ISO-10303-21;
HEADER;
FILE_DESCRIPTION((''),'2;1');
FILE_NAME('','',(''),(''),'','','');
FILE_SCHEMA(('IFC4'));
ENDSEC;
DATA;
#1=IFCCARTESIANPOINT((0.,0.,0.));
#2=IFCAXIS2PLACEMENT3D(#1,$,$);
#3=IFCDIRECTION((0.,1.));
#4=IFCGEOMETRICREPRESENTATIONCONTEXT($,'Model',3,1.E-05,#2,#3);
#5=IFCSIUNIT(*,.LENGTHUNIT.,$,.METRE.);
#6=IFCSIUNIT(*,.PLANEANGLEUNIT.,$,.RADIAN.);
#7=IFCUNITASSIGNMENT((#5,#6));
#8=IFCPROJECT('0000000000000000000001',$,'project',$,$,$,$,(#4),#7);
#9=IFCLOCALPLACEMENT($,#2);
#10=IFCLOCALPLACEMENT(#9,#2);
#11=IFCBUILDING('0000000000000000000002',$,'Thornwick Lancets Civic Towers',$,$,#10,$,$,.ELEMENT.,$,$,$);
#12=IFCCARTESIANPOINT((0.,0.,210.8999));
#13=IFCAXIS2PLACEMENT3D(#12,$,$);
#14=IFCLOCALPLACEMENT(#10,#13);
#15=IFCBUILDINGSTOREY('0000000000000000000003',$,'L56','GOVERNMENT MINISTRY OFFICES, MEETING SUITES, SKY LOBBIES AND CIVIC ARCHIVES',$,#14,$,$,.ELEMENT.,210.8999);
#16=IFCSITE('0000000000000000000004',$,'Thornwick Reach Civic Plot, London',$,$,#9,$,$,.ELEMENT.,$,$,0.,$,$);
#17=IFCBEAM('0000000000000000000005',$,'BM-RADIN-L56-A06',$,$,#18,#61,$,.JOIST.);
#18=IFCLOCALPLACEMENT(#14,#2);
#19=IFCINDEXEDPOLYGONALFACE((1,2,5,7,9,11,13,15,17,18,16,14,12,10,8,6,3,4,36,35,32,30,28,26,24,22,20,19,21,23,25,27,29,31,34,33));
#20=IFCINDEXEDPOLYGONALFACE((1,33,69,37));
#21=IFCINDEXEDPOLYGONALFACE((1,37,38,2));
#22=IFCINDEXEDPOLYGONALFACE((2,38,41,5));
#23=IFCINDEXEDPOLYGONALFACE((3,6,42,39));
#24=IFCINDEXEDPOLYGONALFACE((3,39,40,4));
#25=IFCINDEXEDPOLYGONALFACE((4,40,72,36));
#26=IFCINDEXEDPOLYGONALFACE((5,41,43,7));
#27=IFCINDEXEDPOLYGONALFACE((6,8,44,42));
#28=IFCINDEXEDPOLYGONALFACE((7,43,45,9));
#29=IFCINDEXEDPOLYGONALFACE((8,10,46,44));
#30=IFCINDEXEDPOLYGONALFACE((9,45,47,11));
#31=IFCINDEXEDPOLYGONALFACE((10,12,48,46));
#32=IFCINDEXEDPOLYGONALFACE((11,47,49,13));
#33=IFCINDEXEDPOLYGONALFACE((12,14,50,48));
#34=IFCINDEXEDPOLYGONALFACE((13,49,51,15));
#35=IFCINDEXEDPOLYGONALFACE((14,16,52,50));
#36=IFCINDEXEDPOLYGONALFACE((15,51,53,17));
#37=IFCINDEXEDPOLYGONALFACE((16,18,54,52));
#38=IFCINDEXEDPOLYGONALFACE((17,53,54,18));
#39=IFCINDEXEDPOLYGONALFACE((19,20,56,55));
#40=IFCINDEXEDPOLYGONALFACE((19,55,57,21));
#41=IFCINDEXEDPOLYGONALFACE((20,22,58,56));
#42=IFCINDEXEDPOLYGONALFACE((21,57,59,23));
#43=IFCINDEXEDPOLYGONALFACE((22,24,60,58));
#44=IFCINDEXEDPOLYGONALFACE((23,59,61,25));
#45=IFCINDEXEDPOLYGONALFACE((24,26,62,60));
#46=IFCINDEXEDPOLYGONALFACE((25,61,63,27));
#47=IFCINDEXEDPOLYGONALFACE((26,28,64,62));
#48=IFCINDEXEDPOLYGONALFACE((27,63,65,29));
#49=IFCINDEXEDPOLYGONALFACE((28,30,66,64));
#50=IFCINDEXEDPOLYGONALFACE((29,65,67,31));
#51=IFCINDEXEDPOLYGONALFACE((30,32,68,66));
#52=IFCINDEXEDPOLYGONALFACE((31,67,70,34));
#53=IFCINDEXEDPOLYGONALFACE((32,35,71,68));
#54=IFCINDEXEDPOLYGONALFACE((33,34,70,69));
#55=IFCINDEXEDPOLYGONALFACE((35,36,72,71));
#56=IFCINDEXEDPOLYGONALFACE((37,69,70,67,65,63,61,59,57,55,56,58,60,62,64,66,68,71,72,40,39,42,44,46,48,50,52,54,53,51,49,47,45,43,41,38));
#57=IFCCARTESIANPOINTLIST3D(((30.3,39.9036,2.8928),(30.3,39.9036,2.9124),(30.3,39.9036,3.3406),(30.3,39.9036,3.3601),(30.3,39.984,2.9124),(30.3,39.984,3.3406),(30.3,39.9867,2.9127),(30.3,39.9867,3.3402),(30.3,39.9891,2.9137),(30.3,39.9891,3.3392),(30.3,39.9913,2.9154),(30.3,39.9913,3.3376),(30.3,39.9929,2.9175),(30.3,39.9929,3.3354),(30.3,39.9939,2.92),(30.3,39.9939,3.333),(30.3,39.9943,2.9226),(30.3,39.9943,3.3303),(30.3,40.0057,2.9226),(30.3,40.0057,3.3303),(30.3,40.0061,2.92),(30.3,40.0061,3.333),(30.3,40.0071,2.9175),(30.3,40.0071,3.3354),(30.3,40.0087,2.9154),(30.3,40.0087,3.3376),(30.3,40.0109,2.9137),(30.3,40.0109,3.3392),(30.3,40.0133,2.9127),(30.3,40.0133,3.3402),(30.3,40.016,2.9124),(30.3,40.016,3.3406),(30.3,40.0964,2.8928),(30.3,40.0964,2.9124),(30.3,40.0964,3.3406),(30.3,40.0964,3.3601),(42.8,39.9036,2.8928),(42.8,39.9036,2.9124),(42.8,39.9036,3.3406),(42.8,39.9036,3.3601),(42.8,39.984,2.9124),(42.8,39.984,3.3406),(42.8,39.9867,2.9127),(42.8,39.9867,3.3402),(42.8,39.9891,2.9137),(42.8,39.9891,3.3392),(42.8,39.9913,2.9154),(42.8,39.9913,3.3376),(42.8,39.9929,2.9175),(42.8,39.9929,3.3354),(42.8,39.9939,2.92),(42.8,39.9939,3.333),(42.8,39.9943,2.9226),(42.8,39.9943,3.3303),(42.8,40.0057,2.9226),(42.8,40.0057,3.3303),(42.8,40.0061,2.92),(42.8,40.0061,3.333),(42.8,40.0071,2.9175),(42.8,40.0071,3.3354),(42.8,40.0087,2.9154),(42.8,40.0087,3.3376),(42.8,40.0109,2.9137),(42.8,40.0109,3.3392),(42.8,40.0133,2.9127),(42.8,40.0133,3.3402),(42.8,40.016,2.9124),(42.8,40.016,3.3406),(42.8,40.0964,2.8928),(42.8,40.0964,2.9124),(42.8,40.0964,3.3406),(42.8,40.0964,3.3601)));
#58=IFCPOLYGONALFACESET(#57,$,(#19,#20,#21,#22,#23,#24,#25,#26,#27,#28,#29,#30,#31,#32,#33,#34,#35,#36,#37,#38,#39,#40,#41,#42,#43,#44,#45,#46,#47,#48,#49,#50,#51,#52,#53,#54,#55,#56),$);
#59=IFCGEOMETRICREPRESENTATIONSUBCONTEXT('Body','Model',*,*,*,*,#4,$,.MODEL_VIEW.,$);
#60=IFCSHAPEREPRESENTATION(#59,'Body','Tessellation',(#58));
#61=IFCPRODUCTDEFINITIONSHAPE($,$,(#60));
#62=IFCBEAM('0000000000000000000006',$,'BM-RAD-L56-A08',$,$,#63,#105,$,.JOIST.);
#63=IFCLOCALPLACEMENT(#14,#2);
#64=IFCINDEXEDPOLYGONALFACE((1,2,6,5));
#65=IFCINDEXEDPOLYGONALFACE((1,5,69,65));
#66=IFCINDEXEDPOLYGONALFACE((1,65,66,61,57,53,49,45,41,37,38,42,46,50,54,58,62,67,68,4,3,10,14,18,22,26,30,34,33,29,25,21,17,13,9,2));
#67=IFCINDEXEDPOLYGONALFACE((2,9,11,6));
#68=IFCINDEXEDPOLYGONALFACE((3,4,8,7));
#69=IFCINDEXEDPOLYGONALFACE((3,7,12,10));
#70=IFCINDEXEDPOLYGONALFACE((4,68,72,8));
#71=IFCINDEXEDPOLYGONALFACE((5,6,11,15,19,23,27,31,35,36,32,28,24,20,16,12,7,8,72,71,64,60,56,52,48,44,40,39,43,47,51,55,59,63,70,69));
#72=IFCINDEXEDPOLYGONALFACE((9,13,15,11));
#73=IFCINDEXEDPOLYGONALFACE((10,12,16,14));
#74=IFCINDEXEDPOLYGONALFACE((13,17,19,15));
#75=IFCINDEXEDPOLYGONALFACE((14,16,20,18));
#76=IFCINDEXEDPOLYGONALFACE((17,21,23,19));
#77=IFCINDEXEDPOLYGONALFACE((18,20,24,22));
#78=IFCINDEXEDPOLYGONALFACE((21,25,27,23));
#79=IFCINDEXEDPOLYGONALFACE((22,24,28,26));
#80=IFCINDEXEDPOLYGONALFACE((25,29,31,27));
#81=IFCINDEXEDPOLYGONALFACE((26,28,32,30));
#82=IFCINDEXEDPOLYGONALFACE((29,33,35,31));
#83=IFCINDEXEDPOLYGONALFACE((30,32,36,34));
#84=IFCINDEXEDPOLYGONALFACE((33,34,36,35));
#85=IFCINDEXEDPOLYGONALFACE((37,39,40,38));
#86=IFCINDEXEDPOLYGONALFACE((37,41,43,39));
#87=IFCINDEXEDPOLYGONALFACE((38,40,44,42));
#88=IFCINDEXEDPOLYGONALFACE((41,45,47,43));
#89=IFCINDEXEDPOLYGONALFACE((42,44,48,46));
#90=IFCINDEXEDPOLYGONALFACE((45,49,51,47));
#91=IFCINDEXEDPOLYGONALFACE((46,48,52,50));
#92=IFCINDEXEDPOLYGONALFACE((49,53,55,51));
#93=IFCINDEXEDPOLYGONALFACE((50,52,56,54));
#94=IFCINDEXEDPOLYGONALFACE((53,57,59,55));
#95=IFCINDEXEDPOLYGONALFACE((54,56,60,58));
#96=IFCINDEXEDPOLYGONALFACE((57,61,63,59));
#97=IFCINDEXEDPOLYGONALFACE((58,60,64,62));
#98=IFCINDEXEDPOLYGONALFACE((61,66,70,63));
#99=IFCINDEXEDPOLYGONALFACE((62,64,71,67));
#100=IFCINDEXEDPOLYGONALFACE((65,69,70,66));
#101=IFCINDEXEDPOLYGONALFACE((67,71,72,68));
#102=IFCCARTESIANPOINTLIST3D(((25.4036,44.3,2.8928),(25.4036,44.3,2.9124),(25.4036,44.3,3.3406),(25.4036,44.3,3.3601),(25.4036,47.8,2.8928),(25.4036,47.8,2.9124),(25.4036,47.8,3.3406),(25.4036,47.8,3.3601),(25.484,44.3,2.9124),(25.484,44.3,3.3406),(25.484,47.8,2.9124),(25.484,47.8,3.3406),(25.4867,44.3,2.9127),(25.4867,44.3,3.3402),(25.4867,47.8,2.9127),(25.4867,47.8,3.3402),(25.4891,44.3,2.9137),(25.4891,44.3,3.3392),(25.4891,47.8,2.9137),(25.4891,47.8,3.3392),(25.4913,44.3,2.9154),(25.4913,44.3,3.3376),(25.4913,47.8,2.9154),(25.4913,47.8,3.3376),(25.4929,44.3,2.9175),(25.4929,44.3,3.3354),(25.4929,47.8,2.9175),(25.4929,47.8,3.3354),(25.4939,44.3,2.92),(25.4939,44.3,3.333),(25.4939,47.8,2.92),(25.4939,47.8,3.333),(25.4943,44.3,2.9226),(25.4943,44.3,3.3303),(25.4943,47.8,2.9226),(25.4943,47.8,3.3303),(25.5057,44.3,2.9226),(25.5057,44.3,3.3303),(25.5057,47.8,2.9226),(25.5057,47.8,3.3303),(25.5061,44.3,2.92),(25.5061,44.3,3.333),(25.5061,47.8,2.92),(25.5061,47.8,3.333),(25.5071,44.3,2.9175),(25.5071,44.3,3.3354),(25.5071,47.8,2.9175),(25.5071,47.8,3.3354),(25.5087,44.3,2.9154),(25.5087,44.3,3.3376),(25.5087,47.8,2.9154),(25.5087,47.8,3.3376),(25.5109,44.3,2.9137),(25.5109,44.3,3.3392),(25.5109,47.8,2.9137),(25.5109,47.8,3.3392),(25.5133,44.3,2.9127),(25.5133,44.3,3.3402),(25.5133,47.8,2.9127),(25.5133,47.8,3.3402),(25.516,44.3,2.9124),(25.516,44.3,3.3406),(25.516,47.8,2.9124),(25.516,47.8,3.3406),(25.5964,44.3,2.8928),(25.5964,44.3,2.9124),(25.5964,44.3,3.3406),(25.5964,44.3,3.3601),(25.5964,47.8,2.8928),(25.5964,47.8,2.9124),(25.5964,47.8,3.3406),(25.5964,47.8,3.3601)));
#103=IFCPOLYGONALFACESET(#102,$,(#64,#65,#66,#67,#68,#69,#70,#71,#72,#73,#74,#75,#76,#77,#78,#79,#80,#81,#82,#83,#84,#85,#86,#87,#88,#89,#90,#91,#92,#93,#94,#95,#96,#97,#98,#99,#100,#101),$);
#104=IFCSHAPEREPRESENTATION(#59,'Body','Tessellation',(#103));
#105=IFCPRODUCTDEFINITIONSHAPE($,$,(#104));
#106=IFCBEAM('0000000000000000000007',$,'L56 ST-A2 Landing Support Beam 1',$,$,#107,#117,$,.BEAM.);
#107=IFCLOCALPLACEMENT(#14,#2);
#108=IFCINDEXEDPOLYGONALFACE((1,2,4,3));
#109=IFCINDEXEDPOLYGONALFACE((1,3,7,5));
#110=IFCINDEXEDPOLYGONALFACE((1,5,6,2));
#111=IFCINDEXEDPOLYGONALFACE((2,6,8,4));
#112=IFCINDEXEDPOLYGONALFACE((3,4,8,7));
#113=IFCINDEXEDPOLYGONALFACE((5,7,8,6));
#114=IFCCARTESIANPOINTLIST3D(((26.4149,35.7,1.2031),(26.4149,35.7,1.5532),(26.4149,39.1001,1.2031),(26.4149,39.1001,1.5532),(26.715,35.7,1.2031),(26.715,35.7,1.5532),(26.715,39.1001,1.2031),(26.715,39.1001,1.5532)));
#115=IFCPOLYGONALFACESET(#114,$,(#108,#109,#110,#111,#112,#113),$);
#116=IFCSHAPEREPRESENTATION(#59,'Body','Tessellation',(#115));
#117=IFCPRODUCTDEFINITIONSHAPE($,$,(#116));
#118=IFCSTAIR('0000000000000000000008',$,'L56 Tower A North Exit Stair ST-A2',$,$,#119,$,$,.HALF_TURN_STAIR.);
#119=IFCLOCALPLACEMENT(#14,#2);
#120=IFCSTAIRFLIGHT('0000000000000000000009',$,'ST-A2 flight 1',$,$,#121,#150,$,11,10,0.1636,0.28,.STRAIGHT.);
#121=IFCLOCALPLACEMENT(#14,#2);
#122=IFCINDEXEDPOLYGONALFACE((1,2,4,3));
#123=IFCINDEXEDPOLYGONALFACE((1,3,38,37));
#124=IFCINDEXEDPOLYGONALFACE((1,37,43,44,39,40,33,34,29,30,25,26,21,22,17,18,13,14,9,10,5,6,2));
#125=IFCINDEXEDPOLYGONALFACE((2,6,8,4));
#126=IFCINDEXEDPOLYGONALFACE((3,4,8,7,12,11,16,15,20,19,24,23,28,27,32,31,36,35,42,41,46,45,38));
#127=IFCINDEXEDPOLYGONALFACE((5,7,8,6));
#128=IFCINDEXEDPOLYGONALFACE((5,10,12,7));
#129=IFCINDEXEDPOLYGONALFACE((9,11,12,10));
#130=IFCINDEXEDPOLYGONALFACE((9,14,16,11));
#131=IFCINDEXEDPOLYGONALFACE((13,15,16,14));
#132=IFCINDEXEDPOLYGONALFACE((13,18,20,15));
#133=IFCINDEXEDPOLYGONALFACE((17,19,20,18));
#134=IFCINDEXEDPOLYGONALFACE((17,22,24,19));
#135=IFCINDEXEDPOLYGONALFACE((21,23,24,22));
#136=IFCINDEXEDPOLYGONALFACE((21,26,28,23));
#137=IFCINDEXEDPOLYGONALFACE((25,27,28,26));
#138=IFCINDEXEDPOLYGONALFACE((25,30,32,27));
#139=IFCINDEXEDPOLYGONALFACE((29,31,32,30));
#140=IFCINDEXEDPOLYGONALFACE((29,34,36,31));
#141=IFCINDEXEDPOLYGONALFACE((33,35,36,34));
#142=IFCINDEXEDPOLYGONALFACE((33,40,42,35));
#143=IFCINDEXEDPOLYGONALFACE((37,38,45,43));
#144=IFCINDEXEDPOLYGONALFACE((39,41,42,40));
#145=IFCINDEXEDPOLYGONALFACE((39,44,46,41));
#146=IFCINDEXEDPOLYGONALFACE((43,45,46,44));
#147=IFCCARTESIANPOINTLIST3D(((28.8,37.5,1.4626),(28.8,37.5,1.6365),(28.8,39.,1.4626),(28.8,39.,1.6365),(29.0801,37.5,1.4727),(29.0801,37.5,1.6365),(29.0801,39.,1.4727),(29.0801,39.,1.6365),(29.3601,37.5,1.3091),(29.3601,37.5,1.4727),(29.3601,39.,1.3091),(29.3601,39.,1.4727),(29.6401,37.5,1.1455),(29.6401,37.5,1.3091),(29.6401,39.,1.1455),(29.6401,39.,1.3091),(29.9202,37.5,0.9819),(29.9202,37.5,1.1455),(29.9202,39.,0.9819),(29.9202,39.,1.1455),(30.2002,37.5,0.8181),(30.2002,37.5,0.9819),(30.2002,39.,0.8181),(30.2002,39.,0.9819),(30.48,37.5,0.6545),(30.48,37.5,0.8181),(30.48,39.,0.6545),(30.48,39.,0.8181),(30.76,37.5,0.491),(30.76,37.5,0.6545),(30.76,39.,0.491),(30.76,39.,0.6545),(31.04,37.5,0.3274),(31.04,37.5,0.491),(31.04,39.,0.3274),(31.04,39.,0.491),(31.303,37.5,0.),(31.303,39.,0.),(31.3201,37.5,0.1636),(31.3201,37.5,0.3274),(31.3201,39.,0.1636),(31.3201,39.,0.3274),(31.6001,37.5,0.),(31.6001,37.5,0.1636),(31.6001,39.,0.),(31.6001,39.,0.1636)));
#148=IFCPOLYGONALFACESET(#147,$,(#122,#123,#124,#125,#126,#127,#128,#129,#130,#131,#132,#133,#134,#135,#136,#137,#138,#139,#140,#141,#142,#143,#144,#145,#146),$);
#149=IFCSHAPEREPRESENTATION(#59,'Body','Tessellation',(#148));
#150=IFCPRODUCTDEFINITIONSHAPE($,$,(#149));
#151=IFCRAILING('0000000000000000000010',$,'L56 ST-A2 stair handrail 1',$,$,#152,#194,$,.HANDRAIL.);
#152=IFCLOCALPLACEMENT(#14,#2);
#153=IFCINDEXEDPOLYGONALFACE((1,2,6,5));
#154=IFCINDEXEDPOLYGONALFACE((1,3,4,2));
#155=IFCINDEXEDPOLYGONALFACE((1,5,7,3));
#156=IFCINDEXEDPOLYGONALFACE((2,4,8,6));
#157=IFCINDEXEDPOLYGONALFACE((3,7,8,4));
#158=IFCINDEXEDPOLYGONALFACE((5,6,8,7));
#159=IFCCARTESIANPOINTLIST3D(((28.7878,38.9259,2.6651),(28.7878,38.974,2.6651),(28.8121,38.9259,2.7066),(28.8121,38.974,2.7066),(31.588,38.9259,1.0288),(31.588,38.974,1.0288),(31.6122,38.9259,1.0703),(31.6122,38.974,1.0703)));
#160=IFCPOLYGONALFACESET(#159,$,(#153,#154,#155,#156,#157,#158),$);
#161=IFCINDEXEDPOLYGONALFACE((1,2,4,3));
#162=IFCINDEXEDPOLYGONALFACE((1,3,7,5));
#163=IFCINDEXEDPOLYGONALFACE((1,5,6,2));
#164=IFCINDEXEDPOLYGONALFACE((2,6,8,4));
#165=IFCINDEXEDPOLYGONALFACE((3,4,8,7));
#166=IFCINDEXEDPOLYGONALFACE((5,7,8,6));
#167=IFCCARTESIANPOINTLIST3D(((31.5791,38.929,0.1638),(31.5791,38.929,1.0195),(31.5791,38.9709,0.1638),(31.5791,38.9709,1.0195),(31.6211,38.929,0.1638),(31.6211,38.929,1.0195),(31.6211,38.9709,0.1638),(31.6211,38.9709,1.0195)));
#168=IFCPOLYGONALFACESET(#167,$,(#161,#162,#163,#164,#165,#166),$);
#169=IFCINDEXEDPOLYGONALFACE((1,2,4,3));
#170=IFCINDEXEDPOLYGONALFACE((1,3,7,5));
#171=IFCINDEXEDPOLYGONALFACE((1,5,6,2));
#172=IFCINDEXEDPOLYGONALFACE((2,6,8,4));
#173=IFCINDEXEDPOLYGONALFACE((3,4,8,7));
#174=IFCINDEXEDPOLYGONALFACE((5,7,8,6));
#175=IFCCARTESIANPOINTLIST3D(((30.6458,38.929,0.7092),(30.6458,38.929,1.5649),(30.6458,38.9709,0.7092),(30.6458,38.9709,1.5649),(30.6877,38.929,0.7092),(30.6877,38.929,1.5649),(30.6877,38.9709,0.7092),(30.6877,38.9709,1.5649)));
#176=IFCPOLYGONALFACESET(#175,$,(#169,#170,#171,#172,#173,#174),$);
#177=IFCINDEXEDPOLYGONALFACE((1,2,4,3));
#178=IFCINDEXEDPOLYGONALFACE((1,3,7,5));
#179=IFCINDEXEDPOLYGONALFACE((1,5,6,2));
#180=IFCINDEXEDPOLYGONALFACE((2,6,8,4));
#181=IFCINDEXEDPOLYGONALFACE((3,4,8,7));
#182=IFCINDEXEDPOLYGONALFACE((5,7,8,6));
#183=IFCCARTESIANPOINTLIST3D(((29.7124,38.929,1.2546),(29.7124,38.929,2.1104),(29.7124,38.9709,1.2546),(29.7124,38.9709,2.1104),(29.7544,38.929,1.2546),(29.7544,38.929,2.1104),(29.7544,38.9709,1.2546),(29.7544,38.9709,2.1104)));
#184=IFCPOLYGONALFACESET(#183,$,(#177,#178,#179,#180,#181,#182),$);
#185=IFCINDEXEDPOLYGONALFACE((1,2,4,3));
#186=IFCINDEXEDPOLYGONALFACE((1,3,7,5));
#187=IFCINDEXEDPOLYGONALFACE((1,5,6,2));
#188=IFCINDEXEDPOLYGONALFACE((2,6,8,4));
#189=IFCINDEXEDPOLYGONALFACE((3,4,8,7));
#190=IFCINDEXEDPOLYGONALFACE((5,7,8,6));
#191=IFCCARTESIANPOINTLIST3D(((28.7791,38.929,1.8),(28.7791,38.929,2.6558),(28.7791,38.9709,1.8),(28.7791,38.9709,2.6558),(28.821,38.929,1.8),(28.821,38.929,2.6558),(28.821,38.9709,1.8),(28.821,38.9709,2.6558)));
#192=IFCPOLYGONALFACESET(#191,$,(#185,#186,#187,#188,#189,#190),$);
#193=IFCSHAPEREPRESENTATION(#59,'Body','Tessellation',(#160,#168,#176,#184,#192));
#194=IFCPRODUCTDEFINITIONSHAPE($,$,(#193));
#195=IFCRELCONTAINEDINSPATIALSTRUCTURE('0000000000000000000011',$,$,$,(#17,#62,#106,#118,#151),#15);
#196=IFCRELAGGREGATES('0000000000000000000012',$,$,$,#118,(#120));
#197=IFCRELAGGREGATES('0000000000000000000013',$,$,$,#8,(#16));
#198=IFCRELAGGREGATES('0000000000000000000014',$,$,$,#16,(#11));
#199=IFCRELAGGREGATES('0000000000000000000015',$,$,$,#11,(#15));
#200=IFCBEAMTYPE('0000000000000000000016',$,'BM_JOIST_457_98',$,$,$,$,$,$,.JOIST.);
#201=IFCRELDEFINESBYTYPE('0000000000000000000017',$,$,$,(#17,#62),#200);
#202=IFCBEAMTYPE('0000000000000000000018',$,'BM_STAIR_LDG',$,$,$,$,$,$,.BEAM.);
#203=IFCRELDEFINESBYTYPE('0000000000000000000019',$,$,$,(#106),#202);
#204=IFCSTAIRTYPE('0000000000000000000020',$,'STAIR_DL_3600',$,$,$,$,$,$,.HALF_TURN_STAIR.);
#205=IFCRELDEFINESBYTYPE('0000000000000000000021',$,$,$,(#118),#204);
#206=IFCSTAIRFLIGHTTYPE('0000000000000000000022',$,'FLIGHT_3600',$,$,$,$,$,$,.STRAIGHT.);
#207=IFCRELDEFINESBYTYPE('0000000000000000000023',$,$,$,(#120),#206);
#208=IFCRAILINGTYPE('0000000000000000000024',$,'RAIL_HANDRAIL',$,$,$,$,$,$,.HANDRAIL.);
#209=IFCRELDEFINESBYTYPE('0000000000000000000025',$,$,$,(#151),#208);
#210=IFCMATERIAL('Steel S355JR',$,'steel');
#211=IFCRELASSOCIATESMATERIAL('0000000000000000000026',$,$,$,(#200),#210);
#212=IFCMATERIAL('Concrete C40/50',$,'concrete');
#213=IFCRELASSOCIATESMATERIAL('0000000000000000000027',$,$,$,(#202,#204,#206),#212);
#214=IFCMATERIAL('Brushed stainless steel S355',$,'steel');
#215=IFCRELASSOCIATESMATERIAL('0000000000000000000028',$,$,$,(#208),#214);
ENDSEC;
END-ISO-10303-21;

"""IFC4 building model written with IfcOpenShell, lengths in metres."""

from ifc_helpers import new_model, si_unit, direction, frame, origin, origin_2d, place, context, subcontext, project, spatial, polyline, rectangle, i_section, outline, extrude, material, material_profile, profile_set, type_object, element, aggregate, save


model = new_model("IFC4")

# Units and contexts
model_context = context("Model", 3, precision=1e-05, world=origin(), true_north=direction((0.0, 1.0)))
body_context = subcontext(model_context, "Body", "Model", "MODEL_VIEW")
ifc_project = project(units=[si_unit("LENGTHUNIT", "METRE"), si_unit("PLANEANGLEUNIT", "RADIAN")], contexts=[model_context])

# Site, building, storey
site_placement = place(None, origin())
site = spatial("IfcSite", under=ifc_project, at=site_placement, Name="Thornwick Reach Civic Plot, London", CompositionType="ELEMENT", RefElevation=0.0)
building_placement = place(site_placement, origin())
building = spatial("IfcBuilding", under=site, at=building_placement, Name="Thornwick Lancets Civic Towers", CompositionType="ELEMENT")
storey_placement = place(building_placement, frame((0.0, 0.0, 210.8999)))
storey = spatial("IfcBuildingStorey", under=building, at=storey_placement, Name="L56", Description="GOVERNMENT MINISTRY OFFICES, MEETING SUITES, SKY LOBBIES AND CIVIC ARCHIVES", CompositionType="ELEMENT", Elevation=210.8999)

# Shared definitions
ifc_material_1 = material(Name="Steel S355JR", Category="steel")

# Beams
ifc_material_profile_1 = material_profile(ifc_material_1, i_section(OverallWidth=0.1929, OverallDepth=0.4673, WebThickness=0.0115, FlangeThickness=0.0195, FilletRadius=0.0103, at=origin_2d()), Name="UKB 457x191x98")
ifc_profile_set_1 = profile_set([ifc_material_profile_1], Name="Steel S355JR")
beam_type_1 = type_object("IfcBeamType", Name="BM_JOIST_457_98", PredefinedType="JOIST", material=ifc_profile_set_1)
beam_1_placement = place(storey_placement, frame((30.3, 40.0, 3.1265), z_axis=(1.0, 0.0, 0.0), x_axis=(0.0, 1.0, 0.0)))
element("IfcBeam", 1, at=beam_1_placement, inside=storey, type_object=beam_type_1, Name="BM-RADIN-L56-A06", PredefinedType="JOIST", context=body_context, shape_type="SweptSolid", body=[
    extrude(i_section(OverallWidth=0.1929, OverallDepth=0.4673, WebThickness=0.0115, FlangeThickness=0.0195, FilletRadius=0.0103, at=origin_2d()), origin(), (0.0, 0.0, 1.0), 12.5),
])
beam_2_placement = place(storey_placement, frame((25.5, 44.3, 3.1265), z_axis=(0.0, 1.0, 0.0), x_axis=(-1.0, 0.0, 0.0)))
element("IfcBeam", 2, at=beam_2_placement, inside=storey, type_object=beam_type_1, Name="BM-RAD-L56-A08", PredefinedType="JOIST", context=body_context, shape_type="SweptSolid", body=[
    extrude(i_section(OverallWidth=0.1929, OverallDepth=0.4673, WebThickness=0.0115, FlangeThickness=0.0195, FilletRadius=0.0103, at=origin_2d()), origin(), (0.0, 0.0, 1.0), 3.5),
])
ifc_material_2 = material(Name="Concrete C40/50", Category="concrete")
ifc_material_profile_2 = material_profile(ifc_material_2, rectangle(XDim=0.3, YDim=0.3501, at=origin_2d()), Name="RC 300x350")
ifc_profile_set_2 = profile_set([ifc_material_profile_2], Name="Concrete C40/50")
beam_type_2 = type_object("IfcBeamType", Name="BM_STAIR_LDG", PredefinedType="BEAM", material=ifc_profile_set_2)
beam_3_placement = place(storey_placement, frame((26.5649, 39.1001, 1.3782), z_axis=(0.0, -1.0, 0.0), x_axis=(1.0, 0.0, 0.0)))
element("IfcBeam", 3, at=beam_3_placement, inside=storey, type_object=beam_type_2, Name="L56 ST-A2 Landing Support Beam 1", PredefinedType="BEAM", context=body_context, shape_type="SweptSolid", body=[
    extrude(rectangle(XDim=0.3, YDim=0.3501, at=origin_2d()), origin(), (0.0, 0.0, 1.0), 3.4001),
])

# Stair, stair flight
stair_type = type_object("IfcStairType", Name="STAIR_DL_3600", PredefinedType="HALF_TURN_STAIR", material=ifc_material_2)
stair_placement = place(storey_placement, origin())
stair = element("IfcStair", 4, at=stair_placement, inside=storey, type_object=stair_type, Name="L56 Tower A North Exit Stair ST-A2", PredefinedType="HALF_TURN_STAIR")
stair_flight_type = type_object("IfcStairFlightType", Name="FLIGHT_3600", PredefinedType="STRAIGHT", material=ifc_material_2)
stair_flight_placement = place(storey_placement, frame((31.6001, 38.25, 0.0), z_axis=(0.0, 0.0, 1.0), x_axis=(-1.0, 0.0, 0.0)))
stair_flight = element("IfcStairFlight", 5, at=stair_flight_placement, type_object=stair_flight_type, Name="ST-A2 flight 1", NumberOfRisers=11, NumberOfTreads=10, PredefinedType="STRAIGHT", RiserHeight=0.1636, TreadLength=0.28, context=body_context, shape_type="SweptSolid", body=[
    extrude(outline(polyline([(0.0, 0.0), (0.0, 0.1636), (0.28, 0.1636), (0.28, 0.3274), (0.5601, 0.3274), (0.5601, 0.491), (0.8401, 0.491), (0.8401, 0.6545), (1.1201, 0.6545), (1.1201, 0.8181), (1.3999, 0.8181), (1.3999, 0.9819), (1.6799, 0.9819), (1.6799, 1.1455), (1.96, 1.1455), (1.96, 1.3091), (2.24, 1.3091), (2.24, 1.4727), (2.52, 1.4727), (2.52, 1.6365), (2.8, 1.6365), (2.8, 1.8), (2.8, 1.4626), (0.2971, 0.0), (0.0, 0.0)])), frame((0.0, 0.75, 0.0), z_axis=(0.0, -1.0, 0.0), x_axis=(1.0, 0.0, 0.0)), (0.0, 0.0, 1.0), 1.5),
])
aggregate(stair, [stair_flight])

# Railing
ifc_material_3 = material(Name="Brushed stainless steel S355", Category="steel")
railing_type_1 = type_object("IfcRailingType", Name="RAIL_HANDRAIL", PredefinedType="HANDRAIL", material=ifc_material_3)
railing_1_placement = place(storey_placement, frame((31.6001, 38.95, 0.1638)))
element("IfcRailing", 6, at=railing_1_placement, inside=storey, type_object=railing_type_1, Name="L56 ST-A2 stair handrail 1", PredefinedType="HANDRAIL", context=body_context, shape_type="SweptSolid", body=[
    extrude(rectangle(XDim=0.0481, YDim=0.0481, at=origin_2d()), frame((0.0, 0.0, 0.8857), z_axis=(-0.863394, 0.0, 0.504531), x_axis=(0.0, -1.0, 0.0)), (0.0, 0.0, 1.0), 3.2432),
    extrude(rectangle(XDim=0.042, YDim=0.042, at=origin_2d()), origin(), (0.0, 0.0, 1.0), 0.8557),
    extrude(rectangle(XDim=0.042, YDim=0.042, at=origin_2d()), frame((-0.9333, 0.0, 0.5454)), (0.0, 0.0, 1.0), 0.8557),
    extrude(rectangle(XDim=0.042, YDim=0.042, at=origin_2d()), frame((-1.8667, 0.0, 1.0908)), (0.0, 0.0, 1.0), 0.8557),
    extrude(rectangle(XDim=0.042, YDim=0.042, at=origin_2d()), frame((-2.8, 0.0, 1.6362)), (0.0, 0.0, 1.0), 0.8557),
])

save(model, "model.ifc")
